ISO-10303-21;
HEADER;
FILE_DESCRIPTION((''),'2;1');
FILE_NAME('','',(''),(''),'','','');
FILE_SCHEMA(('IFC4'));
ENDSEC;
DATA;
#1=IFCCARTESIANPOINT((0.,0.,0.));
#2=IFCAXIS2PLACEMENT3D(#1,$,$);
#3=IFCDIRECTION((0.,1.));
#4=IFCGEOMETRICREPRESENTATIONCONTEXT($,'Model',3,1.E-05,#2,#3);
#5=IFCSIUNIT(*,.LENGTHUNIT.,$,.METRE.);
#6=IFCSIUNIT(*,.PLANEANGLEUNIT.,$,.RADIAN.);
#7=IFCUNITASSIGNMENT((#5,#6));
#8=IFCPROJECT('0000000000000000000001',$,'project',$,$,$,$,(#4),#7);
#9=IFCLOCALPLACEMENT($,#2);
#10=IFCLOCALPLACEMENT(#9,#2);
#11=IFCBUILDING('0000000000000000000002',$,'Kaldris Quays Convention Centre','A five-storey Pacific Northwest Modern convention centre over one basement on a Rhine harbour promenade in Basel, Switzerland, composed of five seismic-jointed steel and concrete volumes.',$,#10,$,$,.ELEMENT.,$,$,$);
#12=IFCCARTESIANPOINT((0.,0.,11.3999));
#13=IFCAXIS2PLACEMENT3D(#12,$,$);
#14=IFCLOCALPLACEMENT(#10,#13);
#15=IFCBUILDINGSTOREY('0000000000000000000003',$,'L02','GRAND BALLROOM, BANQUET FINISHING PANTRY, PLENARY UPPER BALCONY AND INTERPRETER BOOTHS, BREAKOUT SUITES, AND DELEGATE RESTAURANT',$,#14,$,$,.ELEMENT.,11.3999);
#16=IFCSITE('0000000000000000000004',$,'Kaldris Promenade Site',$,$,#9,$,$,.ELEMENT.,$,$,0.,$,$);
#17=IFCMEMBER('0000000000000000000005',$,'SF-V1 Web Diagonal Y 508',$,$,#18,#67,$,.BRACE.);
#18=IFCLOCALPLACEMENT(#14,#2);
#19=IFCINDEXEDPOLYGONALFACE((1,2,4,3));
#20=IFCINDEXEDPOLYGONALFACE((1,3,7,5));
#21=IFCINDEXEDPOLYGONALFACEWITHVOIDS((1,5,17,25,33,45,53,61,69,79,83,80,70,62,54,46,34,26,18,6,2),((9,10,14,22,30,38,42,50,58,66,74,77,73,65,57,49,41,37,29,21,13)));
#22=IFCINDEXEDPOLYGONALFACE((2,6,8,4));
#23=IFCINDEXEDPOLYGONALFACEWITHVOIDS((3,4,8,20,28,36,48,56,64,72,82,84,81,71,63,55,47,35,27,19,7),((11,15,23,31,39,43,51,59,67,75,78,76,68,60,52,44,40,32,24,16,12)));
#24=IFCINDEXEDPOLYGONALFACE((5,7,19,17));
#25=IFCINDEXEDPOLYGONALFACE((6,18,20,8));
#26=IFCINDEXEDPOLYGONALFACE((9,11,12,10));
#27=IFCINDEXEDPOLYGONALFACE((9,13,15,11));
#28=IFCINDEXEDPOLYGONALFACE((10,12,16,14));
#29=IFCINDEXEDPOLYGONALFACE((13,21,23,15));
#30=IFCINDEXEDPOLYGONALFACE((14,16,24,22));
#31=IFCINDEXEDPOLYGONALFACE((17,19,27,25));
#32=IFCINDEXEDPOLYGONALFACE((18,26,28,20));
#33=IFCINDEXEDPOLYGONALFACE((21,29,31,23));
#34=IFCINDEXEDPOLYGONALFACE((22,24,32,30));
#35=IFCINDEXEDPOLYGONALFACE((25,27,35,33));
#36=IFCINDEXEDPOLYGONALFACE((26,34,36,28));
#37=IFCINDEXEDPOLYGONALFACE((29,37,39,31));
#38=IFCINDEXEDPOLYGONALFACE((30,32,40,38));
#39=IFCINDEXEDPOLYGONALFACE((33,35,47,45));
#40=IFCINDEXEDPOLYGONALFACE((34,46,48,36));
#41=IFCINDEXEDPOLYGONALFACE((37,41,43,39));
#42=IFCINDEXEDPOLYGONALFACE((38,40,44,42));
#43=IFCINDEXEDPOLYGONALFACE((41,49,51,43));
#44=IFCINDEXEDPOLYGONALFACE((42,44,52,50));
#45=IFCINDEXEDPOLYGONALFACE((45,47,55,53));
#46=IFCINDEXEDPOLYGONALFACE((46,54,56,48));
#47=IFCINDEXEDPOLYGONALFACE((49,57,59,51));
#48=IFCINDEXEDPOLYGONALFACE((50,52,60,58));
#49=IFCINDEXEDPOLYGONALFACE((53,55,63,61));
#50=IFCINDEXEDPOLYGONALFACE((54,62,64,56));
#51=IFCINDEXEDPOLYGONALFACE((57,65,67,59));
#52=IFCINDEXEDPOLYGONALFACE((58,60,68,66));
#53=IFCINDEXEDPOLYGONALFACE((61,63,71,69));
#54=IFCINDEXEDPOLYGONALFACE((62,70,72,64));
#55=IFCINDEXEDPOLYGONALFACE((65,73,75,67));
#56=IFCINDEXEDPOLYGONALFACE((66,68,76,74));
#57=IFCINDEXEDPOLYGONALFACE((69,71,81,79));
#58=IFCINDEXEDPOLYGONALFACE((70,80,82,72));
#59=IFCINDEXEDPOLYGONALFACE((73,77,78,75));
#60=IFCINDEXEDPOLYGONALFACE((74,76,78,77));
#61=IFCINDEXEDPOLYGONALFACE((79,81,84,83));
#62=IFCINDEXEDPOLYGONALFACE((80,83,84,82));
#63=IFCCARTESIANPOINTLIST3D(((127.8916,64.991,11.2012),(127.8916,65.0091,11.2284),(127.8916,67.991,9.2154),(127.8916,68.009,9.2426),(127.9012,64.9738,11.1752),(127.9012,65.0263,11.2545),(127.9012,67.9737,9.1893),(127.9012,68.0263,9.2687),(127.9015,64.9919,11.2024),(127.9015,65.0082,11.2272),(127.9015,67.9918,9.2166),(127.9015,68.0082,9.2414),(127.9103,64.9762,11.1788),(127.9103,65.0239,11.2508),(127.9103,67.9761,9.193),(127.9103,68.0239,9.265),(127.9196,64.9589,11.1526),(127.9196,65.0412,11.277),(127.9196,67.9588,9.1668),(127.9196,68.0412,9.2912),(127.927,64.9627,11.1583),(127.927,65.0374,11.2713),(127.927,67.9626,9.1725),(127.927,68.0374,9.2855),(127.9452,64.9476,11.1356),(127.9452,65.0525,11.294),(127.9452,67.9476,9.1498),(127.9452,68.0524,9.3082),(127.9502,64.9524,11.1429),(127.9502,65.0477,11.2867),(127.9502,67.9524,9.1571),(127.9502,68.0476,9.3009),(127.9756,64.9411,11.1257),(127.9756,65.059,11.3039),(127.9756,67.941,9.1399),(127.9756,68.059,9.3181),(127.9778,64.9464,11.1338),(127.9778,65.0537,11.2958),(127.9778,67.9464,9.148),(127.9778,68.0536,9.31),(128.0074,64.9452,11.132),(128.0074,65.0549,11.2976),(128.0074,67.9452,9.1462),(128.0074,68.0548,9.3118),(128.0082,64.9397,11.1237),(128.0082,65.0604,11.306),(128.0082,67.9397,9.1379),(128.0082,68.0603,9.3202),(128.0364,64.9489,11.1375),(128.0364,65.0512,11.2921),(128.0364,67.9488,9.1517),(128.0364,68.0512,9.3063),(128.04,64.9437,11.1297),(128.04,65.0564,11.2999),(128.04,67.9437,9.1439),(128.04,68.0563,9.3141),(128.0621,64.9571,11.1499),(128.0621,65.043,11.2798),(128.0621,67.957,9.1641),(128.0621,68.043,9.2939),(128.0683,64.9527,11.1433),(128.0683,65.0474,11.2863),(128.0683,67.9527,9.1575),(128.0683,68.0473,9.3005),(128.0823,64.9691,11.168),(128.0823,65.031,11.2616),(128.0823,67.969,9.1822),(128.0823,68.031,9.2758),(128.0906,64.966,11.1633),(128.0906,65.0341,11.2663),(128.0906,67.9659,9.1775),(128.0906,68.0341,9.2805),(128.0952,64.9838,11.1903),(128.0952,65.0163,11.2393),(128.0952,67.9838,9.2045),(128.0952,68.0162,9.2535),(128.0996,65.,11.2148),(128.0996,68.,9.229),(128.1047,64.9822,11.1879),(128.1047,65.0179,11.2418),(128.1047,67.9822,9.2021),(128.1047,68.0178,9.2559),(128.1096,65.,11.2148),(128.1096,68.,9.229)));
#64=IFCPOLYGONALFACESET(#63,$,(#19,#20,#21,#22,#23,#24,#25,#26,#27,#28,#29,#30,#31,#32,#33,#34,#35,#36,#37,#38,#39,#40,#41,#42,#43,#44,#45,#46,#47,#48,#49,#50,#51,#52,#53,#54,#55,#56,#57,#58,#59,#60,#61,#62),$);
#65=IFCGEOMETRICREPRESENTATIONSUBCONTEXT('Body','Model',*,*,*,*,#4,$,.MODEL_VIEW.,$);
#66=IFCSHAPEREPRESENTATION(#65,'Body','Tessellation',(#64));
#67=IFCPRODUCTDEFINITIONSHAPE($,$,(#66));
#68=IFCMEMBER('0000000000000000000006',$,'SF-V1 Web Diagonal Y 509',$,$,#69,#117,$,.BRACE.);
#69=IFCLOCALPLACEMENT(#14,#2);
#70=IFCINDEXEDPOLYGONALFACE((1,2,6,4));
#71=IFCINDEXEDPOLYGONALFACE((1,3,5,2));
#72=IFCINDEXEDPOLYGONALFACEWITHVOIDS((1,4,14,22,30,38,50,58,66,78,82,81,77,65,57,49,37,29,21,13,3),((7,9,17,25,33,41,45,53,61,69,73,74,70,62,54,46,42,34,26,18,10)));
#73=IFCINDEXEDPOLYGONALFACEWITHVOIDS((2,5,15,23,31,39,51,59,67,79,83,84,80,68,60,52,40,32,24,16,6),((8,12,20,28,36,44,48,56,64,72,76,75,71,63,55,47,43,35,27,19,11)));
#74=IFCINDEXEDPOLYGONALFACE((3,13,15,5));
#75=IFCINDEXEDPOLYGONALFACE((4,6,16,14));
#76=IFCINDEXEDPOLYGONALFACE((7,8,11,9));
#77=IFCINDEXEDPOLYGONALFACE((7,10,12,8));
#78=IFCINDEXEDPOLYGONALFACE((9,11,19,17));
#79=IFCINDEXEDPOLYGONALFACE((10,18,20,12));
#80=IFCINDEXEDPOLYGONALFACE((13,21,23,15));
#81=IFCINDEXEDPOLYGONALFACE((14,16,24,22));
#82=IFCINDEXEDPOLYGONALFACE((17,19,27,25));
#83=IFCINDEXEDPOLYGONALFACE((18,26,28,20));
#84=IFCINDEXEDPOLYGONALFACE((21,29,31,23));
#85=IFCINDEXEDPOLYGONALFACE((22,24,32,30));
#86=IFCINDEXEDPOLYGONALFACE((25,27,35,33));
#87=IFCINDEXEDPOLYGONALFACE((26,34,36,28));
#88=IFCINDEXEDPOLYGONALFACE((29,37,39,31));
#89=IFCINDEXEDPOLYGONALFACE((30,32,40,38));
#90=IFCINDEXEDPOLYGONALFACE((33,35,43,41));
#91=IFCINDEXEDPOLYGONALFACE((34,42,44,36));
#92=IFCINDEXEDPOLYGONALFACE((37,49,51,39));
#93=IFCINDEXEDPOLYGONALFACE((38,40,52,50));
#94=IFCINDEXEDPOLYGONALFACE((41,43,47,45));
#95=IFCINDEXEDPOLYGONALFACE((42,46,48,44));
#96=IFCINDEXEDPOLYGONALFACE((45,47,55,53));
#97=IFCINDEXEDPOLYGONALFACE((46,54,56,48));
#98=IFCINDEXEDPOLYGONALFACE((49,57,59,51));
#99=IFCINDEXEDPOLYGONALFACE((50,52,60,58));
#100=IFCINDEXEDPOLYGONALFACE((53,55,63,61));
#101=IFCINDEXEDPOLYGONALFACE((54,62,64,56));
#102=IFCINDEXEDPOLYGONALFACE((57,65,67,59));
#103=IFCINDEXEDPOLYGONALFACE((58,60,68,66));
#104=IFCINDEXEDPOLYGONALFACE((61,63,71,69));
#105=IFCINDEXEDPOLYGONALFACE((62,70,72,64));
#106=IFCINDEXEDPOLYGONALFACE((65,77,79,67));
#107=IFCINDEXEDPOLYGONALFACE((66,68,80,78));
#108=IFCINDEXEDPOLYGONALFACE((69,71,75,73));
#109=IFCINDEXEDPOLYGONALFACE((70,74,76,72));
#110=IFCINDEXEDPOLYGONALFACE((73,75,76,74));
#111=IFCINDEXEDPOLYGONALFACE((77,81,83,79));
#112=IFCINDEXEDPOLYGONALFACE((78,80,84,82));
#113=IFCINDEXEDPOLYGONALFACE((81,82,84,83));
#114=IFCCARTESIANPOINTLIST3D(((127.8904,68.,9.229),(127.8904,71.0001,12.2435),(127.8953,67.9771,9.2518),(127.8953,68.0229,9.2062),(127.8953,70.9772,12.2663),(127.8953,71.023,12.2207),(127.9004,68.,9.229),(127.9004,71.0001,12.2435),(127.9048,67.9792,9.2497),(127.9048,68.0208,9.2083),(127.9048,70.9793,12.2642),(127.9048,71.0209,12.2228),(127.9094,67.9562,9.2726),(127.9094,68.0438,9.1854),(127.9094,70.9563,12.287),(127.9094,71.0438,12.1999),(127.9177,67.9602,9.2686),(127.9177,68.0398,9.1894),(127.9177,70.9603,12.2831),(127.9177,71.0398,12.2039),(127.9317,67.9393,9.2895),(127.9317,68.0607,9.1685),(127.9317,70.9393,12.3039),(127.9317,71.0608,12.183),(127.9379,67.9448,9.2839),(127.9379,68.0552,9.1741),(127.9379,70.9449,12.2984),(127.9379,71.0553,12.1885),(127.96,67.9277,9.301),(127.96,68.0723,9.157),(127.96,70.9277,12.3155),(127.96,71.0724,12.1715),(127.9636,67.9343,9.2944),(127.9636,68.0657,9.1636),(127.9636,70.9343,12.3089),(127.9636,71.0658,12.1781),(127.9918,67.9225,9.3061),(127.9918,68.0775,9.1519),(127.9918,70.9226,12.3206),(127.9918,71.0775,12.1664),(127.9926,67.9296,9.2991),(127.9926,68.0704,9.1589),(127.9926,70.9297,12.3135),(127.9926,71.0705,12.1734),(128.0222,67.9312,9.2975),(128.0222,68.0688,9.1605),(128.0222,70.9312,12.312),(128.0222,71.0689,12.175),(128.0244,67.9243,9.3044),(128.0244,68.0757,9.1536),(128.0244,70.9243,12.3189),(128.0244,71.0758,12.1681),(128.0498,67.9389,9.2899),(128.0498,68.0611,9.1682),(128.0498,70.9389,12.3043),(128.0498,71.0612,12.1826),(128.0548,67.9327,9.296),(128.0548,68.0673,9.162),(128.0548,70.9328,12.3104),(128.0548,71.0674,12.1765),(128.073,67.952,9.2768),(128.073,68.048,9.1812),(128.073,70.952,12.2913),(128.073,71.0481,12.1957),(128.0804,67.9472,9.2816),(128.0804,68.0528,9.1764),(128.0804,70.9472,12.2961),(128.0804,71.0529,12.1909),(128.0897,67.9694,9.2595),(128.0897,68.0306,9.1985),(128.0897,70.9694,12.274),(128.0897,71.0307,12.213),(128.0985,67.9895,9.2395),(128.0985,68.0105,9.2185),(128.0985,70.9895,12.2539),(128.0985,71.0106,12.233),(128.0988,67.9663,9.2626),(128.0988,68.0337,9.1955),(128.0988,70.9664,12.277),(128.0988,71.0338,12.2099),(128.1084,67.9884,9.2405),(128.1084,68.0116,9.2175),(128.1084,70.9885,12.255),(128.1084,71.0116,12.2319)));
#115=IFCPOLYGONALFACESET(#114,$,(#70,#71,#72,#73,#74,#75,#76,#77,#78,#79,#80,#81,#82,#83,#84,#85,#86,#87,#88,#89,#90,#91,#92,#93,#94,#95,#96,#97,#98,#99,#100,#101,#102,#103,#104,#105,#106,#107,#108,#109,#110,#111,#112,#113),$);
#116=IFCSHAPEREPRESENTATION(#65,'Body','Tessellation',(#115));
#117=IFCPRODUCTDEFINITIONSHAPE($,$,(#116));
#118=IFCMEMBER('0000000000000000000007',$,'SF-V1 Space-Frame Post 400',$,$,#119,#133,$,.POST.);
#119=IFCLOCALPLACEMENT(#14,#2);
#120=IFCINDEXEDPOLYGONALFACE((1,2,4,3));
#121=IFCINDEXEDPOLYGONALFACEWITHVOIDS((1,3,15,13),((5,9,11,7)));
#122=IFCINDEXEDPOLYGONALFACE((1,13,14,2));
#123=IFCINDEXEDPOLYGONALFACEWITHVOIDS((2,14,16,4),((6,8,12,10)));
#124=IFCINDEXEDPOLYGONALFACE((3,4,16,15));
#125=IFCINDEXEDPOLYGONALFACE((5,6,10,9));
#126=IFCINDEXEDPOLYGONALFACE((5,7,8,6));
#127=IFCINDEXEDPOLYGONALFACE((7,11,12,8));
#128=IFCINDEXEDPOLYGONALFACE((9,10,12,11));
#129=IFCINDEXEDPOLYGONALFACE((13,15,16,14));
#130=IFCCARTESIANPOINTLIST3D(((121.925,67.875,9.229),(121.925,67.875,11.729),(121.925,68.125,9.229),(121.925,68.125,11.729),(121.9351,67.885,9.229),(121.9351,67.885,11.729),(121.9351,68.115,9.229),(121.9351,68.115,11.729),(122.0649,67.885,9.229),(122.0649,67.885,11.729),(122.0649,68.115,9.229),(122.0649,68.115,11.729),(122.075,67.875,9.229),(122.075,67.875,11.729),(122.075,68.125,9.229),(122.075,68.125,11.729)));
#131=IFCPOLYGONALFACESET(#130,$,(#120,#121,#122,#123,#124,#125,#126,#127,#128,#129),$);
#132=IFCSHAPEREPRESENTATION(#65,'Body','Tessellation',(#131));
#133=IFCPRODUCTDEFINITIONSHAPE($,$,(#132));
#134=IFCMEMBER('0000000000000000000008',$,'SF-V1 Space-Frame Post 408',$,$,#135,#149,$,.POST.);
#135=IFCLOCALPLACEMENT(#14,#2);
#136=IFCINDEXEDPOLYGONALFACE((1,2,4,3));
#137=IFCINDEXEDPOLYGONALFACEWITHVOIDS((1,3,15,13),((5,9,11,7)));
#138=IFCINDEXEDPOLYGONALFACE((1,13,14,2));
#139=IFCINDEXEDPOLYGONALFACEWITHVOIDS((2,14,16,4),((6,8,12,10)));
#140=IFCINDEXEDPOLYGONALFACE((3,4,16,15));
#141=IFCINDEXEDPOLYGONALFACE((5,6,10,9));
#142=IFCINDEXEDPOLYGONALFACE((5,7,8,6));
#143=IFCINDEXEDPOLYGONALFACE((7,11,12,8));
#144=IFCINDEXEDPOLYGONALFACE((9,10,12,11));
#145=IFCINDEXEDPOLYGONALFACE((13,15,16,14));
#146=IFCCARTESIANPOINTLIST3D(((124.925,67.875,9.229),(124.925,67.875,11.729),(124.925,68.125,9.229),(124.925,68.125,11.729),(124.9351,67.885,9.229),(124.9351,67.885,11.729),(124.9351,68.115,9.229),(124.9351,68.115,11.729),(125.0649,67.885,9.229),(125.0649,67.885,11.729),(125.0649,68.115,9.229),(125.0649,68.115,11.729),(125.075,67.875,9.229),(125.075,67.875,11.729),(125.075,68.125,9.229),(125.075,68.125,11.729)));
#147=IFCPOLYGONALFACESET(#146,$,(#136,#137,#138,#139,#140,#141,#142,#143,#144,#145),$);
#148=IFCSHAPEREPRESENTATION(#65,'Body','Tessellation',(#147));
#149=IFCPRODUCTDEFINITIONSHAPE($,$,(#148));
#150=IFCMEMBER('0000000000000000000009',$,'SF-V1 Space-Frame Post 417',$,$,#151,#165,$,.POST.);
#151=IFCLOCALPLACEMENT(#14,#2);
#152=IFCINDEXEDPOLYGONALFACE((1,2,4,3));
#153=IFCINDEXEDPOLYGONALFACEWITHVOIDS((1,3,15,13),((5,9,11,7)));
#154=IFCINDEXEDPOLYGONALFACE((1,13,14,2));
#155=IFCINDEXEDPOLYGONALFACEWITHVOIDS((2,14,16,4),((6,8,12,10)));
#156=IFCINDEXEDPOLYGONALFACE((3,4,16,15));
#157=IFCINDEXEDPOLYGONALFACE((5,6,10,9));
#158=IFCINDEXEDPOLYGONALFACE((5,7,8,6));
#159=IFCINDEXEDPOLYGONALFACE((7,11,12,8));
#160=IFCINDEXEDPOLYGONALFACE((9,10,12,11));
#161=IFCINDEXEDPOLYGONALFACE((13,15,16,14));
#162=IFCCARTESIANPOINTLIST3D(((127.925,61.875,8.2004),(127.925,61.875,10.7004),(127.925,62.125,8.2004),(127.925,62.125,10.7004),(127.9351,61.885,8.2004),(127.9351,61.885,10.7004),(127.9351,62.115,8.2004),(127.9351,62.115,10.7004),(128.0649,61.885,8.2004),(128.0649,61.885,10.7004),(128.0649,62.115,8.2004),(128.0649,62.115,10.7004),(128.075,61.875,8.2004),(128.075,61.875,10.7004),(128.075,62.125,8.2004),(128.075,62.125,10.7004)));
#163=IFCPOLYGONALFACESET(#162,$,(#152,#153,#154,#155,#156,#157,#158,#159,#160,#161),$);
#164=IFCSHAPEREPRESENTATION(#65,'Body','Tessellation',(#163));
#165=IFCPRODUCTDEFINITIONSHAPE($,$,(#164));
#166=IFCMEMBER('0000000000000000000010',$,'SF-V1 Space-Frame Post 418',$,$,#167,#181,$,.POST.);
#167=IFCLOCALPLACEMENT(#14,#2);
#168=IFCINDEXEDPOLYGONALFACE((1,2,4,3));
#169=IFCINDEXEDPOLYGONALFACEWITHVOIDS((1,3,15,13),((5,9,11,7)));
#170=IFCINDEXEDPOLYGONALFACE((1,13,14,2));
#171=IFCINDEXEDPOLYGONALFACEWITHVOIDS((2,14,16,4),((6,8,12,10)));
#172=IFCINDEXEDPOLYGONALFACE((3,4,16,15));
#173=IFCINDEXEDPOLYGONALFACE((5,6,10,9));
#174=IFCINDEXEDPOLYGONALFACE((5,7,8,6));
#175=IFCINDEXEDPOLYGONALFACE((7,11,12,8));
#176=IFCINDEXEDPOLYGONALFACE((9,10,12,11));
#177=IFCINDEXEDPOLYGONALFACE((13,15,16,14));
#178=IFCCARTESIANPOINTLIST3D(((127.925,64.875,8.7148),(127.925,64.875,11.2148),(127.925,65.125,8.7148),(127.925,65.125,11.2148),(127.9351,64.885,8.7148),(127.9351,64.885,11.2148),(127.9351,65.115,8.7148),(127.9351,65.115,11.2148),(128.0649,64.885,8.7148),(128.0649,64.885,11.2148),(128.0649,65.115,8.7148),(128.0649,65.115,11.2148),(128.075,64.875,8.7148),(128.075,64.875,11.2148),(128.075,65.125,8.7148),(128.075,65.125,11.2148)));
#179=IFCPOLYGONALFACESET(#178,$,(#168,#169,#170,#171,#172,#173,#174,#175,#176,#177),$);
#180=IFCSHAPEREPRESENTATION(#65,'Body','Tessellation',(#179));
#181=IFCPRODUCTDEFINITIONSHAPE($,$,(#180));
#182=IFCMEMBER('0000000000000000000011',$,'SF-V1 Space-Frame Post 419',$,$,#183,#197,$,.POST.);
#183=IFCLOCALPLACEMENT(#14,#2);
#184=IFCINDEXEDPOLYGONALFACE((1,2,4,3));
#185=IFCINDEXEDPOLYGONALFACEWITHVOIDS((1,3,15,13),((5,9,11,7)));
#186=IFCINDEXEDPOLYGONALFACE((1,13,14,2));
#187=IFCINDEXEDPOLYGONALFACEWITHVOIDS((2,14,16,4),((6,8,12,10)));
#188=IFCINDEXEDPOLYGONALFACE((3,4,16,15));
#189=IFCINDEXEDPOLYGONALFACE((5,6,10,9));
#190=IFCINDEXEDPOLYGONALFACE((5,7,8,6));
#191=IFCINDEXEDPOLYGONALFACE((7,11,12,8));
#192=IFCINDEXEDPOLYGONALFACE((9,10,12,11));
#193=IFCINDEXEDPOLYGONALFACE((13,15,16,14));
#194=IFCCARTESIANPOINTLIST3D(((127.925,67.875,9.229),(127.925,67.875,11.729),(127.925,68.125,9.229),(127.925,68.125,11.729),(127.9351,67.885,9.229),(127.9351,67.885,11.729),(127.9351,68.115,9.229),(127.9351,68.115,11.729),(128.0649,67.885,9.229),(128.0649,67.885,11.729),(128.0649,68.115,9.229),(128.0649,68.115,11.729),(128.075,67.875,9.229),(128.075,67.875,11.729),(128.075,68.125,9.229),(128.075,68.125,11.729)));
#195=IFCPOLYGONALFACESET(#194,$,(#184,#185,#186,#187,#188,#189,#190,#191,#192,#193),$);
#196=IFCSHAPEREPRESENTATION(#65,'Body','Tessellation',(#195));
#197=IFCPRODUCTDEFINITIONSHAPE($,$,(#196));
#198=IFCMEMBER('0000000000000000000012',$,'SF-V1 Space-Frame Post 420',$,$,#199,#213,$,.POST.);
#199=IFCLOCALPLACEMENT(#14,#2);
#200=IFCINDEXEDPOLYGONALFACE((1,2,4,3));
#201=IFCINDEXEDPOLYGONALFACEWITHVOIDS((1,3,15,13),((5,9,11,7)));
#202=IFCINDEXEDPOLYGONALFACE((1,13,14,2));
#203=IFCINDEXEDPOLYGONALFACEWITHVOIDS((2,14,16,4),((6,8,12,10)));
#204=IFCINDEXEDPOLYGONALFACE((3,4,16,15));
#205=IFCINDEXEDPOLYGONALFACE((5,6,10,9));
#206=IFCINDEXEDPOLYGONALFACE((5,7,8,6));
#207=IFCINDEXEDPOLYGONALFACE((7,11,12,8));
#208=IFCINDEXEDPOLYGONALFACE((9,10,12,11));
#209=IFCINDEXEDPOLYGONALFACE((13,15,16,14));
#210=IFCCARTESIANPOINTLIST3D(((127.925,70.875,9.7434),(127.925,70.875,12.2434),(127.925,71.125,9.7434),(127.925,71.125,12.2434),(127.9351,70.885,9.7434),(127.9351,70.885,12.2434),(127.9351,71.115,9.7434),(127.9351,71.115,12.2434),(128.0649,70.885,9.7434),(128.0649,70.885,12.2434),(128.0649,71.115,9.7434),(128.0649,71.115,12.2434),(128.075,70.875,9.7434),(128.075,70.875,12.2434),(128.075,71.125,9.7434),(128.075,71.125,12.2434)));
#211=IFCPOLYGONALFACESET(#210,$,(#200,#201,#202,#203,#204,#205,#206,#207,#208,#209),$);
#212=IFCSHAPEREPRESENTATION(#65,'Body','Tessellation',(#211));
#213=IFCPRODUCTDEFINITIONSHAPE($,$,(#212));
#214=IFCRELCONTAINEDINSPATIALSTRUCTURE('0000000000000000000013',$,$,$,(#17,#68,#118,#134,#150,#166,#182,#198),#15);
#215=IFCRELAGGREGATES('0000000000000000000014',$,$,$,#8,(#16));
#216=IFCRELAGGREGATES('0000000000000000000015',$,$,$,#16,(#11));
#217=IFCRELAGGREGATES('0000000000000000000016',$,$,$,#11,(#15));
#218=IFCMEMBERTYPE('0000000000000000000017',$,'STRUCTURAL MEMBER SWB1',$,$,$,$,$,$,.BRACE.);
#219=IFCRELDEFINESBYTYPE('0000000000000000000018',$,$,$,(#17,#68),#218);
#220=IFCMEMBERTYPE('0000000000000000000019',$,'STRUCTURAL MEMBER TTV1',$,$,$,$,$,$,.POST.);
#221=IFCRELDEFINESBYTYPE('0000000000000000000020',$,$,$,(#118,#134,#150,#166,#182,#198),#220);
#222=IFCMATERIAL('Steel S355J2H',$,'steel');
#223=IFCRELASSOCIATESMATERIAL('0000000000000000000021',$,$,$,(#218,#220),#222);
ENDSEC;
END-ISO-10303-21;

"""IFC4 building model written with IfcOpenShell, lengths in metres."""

from ifc_helpers import new_model, si_unit, direction, frame, origin, origin_2d, place, context, subcontext, project, spatial, hollow_rectangle, hollow_circle, extrude, material, material_profile, profile_set, type_object, element, save


model = new_model("IFC4")

# Units and contexts
model_context = context("Model", 3, precision=1e-05, world=origin(), true_north=direction((0.0, 1.0)))
body_context = subcontext(model_context, "Body", "Model", "MODEL_VIEW")
ifc_project = project(units=[si_unit("LENGTHUNIT", "METRE"), si_unit("PLANEANGLEUNIT", "RADIAN")], contexts=[model_context])

# Site, building, storey
site_placement = place(None, origin())
site = spatial("IfcSite", under=ifc_project, at=site_placement, Name="Kaldris Promenade Site", CompositionType="ELEMENT", RefElevation=0.0)
building_placement = place(site_placement, origin())
building = spatial("IfcBuilding", under=site, at=building_placement, Name="Kaldris Quays Convention Centre", Description="A five-storey Pacific Northwest Modern convention centre over one basement on a Rhine harbour promenade in Basel, Switzerland, composed of five seismic-jointed steel and concrete volumes.", CompositionType="ELEMENT")
storey_placement = place(building_placement, frame((0.0, 0.0, 11.3999)))
storey = spatial("IfcBuildingStorey", under=building, at=storey_placement, Name="L02", Description="GRAND BALLROOM, BANQUET FINISHING PANTRY, PLENARY UPPER BALCONY AND INTERPRETER BOOTHS, BREAKOUT SUITES, AND DELEGATE RESTAURANT", CompositionType="ELEMENT", Elevation=11.3999)

# Members
ifc_material_1 = material(Name="Steel S355J2H", Category="steel")
ifc_material_profile_1 = material_profile(ifc_material_1, hollow_circle(Radius=0.1096, WallThickness=0.01, at=origin_2d()), Name="CHS 219.1x10")
ifc_profile_set_1 = profile_set([ifc_material_profile_1], Name="Steel S355J2H")
member_type_1 = type_object("IfcMemberType", Name="STRUCTURAL MEMBER SWB1", PredefinedType="BRACE", material=ifc_profile_set_1)
member_1_placement = place(storey_placement, frame((128.0, 68.0, 9.229), z_axis=(0.0, -0.833862, 0.551972), x_axis=(1.0, 0.0, 0.0)))
element("IfcMember", 1, at=member_1_placement, inside=storey, type_object=member_type_1, Name="SF-V1 Web Diagonal Y 508", PredefinedType="BRACE", context=body_context, shape_type="SweptSolid", body=[
    extrude(hollow_circle(Radius=0.1096, WallThickness=0.01, at=origin_2d()), origin(), (0.0, 0.0, 1.0), 3.5977),
])
member_2_placement = place(storey_placement, frame((128.0, 68.0, 9.229), z_axis=(0.0, 0.705411, 0.708798), x_axis=(-1.0, 0.0, 0.0)))
element("IfcMember", 2, at=member_2_placement, inside=storey, type_object=member_type_1, Name="SF-V1 Web Diagonal Y 509", PredefinedType="BRACE", context=body_context, shape_type="SweptSolid", body=[
    extrude(hollow_circle(Radius=0.1096, WallThickness=0.01, at=origin_2d()), origin(), (0.0, 0.0, 1.0), 4.2529),
])
ifc_material_profile_2 = material_profile(ifc_material_1, hollow_rectangle(XDim=0.1499, YDim=0.25, WallThickness=0.01, at=origin_2d()), Name="RHS 250x150x10")
ifc_profile_set_2 = profile_set([ifc_material_profile_2], Name="Steel S355J2H")
member_type_2 = type_object("IfcMemberType", Name="STRUCTURAL MEMBER TTV1", PredefinedType="POST", material=ifc_profile_set_2)
for number, where, z_axis, x_axis, name in (
    (3, (122.0, 68.0, 9.229), (0.0, 0.0, 1.0), (1.0, 0.0, 0.0), "SF-V1 Space-Frame Post 400"),
    (4, (125.0, 68.0, 9.229), (0.0, 0.0, 1.0), (1.0, 0.0, 0.0), "SF-V1 Space-Frame Post 408"),
    (5, (128.0, 62.0, 8.2004), (0.0, 0.0, 1.0), (1.0, 0.0, 0.0), "SF-V1 Space-Frame Post 417"),
    (6, (128.0, 65.0, 8.7148), (0.0, 0.0, 1.0), (1.0, 0.0, 0.0), "SF-V1 Space-Frame Post 418"),
    (7, (128.0, 68.0, 9.229), (0.0, 0.0, 1.0), (1.0, 0.0, 0.0), "SF-V1 Space-Frame Post 419"),
    (8, (128.0, 71.0, 9.7434), (0.0, 0.0, 1.0), (1.0, 0.0, 0.0), "SF-V1 Space-Frame Post 420"),
):
    element("IfcMember", number, at=place(storey_placement, frame(where, z_axis=z_axis, x_axis=x_axis)), inside=storey, type_object=member_type_2, Name=name, PredefinedType="POST", context=body_context, shape_type="SweptSolid", body=[
        extrude(hollow_rectangle(XDim=0.1499, YDim=0.25, WallThickness=0.01, at=origin_2d()), origin(), (0.0, 0.0, 1.0), 2.5),
    ])

save(model, "model.ifc")
